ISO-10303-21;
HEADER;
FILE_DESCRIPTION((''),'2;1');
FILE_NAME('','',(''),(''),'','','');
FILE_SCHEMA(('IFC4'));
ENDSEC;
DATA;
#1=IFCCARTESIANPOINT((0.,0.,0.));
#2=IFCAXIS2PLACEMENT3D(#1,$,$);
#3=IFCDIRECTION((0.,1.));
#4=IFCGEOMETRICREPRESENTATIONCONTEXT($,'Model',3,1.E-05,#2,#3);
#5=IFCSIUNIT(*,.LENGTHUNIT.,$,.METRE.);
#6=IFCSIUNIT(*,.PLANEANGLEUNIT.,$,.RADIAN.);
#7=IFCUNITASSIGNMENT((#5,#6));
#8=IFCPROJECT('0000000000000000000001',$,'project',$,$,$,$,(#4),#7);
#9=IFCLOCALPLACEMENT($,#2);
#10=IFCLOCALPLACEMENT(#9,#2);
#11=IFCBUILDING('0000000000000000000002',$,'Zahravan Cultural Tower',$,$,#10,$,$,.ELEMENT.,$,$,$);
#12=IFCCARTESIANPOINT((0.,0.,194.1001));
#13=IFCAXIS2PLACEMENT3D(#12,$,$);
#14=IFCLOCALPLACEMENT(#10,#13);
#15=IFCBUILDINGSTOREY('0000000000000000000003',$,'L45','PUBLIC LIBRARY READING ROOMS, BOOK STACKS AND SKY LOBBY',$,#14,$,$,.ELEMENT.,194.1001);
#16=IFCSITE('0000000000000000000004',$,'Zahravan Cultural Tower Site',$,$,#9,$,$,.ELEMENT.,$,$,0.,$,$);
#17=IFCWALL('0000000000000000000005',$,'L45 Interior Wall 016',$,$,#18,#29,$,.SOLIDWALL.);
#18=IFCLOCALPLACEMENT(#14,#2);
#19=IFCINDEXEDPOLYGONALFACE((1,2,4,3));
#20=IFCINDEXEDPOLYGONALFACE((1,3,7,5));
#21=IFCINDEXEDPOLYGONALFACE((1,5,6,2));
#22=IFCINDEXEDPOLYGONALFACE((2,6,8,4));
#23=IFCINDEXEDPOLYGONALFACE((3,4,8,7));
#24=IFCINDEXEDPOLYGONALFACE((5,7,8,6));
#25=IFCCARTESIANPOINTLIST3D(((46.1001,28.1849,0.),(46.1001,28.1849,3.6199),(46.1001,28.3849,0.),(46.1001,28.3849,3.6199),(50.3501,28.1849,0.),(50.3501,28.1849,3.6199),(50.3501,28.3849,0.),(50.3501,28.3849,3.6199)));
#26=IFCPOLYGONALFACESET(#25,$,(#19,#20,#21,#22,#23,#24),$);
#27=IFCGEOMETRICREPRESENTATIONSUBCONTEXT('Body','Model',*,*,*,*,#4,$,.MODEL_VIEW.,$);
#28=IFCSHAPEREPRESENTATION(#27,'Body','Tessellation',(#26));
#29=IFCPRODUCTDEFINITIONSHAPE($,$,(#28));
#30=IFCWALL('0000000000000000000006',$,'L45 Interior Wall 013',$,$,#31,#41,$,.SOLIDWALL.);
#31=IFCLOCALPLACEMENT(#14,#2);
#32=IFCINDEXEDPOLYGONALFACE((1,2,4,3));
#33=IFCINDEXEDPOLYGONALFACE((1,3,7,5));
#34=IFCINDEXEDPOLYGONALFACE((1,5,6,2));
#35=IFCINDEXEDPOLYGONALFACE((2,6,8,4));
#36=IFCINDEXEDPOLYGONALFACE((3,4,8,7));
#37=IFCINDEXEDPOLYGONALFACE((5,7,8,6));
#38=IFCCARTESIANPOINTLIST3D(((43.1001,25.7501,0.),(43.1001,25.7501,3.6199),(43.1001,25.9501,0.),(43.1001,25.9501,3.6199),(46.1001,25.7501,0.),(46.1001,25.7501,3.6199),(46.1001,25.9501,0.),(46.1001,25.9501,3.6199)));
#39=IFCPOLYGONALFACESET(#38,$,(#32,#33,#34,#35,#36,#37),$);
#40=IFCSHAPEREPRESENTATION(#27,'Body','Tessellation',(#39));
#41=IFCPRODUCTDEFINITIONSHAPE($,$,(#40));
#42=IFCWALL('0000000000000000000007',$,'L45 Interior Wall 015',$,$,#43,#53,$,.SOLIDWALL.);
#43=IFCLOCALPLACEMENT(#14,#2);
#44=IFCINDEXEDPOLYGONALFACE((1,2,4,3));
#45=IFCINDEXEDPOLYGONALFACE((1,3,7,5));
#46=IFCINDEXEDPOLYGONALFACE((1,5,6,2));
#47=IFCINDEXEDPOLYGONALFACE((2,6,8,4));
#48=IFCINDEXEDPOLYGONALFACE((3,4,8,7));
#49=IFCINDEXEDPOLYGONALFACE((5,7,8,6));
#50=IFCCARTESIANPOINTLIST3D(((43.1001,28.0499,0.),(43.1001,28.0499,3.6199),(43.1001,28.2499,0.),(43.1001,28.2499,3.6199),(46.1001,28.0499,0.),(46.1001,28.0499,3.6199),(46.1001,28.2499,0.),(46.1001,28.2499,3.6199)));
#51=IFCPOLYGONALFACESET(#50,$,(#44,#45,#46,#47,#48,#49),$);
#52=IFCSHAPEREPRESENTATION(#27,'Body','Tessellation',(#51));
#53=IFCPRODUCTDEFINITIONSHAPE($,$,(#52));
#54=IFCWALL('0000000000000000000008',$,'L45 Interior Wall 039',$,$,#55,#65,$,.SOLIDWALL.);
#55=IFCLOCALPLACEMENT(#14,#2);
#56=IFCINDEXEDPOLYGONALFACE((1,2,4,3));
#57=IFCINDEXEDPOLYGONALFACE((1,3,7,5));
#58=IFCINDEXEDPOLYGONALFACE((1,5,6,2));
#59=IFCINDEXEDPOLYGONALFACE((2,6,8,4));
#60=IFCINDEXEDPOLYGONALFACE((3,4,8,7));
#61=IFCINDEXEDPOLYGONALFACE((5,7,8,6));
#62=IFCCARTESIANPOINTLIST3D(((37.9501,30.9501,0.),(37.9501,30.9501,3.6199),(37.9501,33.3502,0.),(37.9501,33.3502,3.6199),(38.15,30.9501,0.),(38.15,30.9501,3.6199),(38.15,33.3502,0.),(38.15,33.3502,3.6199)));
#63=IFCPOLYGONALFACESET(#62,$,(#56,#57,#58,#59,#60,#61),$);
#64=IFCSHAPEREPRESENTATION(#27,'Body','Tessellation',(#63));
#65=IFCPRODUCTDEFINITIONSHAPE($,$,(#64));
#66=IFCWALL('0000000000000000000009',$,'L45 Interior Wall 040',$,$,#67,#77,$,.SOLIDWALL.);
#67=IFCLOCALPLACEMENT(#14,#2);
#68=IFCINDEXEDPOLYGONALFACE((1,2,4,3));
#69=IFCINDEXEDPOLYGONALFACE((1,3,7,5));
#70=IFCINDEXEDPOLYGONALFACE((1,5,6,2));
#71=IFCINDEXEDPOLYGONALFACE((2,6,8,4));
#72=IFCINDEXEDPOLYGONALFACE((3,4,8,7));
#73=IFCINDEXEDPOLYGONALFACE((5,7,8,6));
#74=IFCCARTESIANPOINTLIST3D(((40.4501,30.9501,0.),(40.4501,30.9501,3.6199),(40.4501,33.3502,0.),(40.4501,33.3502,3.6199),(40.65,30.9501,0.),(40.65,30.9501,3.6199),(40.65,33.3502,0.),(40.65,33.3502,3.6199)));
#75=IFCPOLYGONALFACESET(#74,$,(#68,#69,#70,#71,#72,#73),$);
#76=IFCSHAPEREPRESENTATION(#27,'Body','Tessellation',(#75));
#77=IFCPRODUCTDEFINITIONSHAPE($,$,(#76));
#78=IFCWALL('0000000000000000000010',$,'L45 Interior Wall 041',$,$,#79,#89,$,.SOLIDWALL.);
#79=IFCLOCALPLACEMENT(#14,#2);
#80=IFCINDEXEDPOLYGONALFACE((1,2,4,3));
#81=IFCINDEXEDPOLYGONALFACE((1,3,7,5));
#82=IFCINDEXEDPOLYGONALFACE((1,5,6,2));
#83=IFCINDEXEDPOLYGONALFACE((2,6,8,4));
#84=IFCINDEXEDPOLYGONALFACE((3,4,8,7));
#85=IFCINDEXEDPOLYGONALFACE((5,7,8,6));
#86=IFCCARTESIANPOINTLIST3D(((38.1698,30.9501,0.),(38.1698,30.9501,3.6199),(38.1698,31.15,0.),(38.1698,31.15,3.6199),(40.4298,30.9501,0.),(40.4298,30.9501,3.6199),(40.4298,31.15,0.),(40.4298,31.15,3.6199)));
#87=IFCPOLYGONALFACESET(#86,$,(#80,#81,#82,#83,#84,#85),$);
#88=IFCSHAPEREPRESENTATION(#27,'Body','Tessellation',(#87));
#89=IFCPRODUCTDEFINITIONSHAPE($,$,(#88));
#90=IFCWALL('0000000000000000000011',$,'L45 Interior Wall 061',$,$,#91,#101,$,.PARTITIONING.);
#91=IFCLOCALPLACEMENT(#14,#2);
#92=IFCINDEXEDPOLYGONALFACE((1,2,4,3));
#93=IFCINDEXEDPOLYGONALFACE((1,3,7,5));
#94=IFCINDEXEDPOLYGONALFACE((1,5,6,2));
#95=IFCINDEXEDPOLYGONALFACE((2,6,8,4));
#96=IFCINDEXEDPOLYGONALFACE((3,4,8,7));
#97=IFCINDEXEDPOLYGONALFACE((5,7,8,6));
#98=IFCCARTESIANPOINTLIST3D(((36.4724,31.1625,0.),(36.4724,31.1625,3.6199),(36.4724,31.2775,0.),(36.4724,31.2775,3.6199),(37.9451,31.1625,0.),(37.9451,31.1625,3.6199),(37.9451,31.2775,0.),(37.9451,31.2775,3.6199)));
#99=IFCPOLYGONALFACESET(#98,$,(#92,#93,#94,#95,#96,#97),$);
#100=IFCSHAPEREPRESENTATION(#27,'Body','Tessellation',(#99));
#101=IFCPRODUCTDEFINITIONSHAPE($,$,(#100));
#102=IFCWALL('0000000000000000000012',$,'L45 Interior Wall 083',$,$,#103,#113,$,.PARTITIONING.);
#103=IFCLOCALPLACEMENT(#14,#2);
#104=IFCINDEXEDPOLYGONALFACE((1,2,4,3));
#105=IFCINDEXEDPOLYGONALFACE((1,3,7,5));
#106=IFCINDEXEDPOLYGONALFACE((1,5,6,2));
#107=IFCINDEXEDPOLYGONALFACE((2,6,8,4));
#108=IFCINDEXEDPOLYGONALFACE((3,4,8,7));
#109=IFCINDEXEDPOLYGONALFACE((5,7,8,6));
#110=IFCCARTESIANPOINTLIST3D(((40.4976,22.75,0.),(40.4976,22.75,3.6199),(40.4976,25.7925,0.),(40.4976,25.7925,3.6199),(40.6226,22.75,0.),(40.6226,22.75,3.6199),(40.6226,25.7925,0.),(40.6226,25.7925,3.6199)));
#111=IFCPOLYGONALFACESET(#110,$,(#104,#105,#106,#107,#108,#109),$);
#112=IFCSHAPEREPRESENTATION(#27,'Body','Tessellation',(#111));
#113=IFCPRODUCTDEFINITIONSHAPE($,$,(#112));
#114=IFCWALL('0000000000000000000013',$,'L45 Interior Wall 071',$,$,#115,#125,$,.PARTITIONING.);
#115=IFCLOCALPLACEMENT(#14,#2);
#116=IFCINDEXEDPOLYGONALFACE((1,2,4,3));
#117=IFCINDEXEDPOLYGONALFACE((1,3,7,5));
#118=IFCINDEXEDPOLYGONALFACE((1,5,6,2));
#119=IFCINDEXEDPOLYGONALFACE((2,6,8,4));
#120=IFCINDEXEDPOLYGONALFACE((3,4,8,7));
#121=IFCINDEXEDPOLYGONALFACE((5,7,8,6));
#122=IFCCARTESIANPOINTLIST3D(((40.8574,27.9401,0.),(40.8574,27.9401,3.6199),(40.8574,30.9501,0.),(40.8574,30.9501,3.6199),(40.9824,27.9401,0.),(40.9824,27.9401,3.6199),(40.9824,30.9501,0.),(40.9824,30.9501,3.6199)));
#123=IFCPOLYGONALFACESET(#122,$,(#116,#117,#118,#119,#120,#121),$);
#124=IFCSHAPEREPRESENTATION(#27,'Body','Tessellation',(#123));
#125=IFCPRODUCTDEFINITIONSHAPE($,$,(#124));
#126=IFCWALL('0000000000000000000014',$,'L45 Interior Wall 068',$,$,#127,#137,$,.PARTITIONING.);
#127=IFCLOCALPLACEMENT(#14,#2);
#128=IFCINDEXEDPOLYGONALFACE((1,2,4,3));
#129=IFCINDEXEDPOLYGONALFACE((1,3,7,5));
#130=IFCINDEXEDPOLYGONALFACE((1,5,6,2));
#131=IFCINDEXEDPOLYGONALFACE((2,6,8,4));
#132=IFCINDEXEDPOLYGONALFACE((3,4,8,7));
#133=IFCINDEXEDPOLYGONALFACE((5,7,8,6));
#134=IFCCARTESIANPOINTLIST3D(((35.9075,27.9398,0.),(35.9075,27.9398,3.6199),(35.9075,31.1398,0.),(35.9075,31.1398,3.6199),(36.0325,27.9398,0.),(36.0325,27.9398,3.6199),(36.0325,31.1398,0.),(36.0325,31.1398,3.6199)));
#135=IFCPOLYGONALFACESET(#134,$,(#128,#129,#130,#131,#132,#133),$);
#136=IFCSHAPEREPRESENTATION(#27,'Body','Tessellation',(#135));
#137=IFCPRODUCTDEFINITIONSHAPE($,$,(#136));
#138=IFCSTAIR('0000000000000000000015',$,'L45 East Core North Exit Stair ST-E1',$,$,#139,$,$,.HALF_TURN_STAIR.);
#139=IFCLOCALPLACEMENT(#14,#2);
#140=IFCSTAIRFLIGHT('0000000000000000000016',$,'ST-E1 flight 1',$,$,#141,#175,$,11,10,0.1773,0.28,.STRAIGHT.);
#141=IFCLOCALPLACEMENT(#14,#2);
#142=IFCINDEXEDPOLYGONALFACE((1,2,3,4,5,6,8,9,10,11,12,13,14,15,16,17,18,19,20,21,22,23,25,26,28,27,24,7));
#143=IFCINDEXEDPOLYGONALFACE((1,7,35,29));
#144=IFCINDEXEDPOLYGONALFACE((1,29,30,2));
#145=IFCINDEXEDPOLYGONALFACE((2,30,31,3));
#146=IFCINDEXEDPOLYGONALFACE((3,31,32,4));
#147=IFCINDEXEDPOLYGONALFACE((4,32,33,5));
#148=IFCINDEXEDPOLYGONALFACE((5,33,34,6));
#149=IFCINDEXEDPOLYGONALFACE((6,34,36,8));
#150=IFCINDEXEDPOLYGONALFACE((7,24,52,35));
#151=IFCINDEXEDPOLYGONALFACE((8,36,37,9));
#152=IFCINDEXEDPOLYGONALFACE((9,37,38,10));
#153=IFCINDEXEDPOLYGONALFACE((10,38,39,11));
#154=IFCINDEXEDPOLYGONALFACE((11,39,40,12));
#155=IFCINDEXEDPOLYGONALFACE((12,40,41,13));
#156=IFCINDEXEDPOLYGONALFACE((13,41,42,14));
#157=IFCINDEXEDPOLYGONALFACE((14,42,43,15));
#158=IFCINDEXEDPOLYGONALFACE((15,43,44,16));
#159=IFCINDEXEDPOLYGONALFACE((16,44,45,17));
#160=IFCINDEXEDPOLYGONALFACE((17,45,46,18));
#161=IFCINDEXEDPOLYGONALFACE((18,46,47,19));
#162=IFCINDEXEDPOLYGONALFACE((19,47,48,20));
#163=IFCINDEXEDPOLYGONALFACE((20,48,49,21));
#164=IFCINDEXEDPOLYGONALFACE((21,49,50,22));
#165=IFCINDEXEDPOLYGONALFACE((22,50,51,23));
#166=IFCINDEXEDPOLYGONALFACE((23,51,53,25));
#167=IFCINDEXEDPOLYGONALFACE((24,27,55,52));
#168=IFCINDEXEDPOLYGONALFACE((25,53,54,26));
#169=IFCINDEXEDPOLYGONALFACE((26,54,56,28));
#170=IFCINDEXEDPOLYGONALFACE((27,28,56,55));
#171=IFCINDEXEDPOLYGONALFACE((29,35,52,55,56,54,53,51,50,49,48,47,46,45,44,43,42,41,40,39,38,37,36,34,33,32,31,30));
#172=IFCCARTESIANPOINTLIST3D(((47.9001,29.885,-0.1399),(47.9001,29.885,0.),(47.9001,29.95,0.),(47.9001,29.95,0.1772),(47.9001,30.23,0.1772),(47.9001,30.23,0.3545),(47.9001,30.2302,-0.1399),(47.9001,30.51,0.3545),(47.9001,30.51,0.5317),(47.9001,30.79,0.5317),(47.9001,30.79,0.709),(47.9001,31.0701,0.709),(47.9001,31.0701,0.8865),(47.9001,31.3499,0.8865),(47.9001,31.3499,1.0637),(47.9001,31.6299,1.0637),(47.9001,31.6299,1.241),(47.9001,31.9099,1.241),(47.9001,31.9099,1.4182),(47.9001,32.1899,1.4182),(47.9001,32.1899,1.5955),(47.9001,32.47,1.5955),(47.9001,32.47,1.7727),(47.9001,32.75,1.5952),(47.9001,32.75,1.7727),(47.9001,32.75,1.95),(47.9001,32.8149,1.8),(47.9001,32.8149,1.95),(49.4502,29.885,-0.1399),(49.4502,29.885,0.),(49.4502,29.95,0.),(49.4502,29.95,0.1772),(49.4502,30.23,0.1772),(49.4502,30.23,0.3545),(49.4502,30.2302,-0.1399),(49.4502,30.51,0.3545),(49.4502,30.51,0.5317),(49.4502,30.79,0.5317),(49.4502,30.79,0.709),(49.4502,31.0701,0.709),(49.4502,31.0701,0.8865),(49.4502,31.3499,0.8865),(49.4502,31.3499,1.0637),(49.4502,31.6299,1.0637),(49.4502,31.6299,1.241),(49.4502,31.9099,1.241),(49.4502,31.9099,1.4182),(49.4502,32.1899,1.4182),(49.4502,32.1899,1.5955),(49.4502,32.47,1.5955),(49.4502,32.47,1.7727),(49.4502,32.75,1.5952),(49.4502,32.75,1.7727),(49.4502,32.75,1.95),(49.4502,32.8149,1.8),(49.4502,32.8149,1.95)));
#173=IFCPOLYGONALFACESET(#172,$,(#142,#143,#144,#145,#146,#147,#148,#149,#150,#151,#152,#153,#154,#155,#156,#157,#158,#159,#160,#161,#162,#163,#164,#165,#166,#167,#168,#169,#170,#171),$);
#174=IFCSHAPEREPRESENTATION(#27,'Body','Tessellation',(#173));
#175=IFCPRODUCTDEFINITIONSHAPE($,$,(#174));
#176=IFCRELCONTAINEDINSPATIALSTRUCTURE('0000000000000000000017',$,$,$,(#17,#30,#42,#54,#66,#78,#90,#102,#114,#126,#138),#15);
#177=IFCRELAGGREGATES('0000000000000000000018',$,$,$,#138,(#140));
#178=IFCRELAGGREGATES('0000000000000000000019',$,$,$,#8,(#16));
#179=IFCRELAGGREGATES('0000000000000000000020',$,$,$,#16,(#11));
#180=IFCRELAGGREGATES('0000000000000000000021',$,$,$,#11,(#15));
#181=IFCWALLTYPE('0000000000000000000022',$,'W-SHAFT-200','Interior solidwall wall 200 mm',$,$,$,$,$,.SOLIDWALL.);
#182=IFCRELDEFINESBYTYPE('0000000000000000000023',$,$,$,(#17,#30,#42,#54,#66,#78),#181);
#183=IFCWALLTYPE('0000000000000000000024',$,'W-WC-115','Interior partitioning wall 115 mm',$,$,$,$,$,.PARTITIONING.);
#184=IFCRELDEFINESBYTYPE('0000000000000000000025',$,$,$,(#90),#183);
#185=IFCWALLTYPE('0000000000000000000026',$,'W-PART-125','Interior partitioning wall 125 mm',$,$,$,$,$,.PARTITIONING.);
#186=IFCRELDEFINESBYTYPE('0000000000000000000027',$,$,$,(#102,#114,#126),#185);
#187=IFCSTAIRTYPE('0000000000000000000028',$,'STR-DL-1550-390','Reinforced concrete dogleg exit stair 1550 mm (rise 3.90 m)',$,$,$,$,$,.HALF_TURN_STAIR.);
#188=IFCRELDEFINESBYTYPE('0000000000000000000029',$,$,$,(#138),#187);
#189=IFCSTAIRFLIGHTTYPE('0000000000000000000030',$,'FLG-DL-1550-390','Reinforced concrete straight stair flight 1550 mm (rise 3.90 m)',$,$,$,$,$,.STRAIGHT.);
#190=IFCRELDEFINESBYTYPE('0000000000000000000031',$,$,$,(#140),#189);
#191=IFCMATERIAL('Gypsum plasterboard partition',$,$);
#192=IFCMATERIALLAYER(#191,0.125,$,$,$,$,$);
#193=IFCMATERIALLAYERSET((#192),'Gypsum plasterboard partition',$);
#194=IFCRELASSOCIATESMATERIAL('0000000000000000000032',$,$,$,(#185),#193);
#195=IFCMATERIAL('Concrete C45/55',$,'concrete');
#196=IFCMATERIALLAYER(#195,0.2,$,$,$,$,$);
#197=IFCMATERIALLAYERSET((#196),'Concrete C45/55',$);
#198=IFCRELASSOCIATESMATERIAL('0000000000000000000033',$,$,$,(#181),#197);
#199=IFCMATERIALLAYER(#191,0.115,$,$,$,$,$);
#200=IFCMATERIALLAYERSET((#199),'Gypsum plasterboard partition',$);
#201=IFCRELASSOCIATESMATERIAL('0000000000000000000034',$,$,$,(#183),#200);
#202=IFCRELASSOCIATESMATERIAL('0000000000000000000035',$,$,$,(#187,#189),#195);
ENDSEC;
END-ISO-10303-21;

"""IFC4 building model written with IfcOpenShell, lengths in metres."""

from ifc_helpers import new_model, si_unit, direction, frame, frame_2d, origin, place, context, subcontext, project, spatial, polyline, rectangle, outline, extrude, source, transform, mapped, material, layer, layer_set, type_object, element, aggregate, save


model = new_model("IFC4")

# Units and contexts
model_context = context("Model", 3, precision=1e-05, world=origin(), true_north=direction((0.0, 1.0)))
body_context = subcontext(model_context, "Body", "Model", "MODEL_VIEW")
ifc_project = project(units=[si_unit("LENGTHUNIT", "METRE"), si_unit("PLANEANGLEUNIT", "RADIAN")], contexts=[model_context])

# Site, building, storey
site_placement = place(None, origin())
site = spatial("IfcSite", under=ifc_project, at=site_placement, Name="Zahravan Cultural Tower Site", CompositionType="ELEMENT", RefElevation=0.0)
building_placement = place(site_placement, origin())
building = spatial("IfcBuilding", under=site, at=building_placement, Name="Zahravan Cultural Tower", CompositionType="ELEMENT")
storey_placement = place(building_placement, frame((0.0, 0.0, 194.1001)))
storey = spatial("IfcBuildingStorey", under=building, at=storey_placement, Name="L45", Description="PUBLIC LIBRARY READING ROOMS, BOOK STACKS AND SKY LOBBY", CompositionType="ELEMENT", Elevation=194.1001)

# Shared definitions
ifc_material_1 = material(Name="Gypsum plasterboard partition")
ifc_layer_1 = layer(ifc_material_1, 0.125)
ifc_layer_set_1 = layer_set([ifc_layer_1], Name="Gypsum plasterboard partition")
wall_type_1 = type_object("IfcWallType", Name="W-PART-125", Description="Interior partitioning wall 125 mm", PredefinedType="PARTITIONING", material=ifc_layer_set_1)
ifc_material_2 = material(Name="Concrete C45/55", Category="concrete")
ifc_layer_2 = layer(ifc_material_2, 0.2)
ifc_layer_set_2 = layer_set([ifc_layer_2], Name="Concrete C45/55")
wall_type_2 = type_object("IfcWallType", Name="W-SHAFT-200", Description="Interior solidwall wall 200 mm", PredefinedType="SOLIDWALL", material=ifc_layer_set_2)
ifc_layer_3 = layer(ifc_material_1, 0.115)
ifc_layer_set_3 = layer_set([ifc_layer_3], Name="Gypsum plasterboard partition")
wall_type_3 = type_object("IfcWallType", Name="W-WC-115", Description="Interior partitioning wall 115 mm", PredefinedType="PARTITIONING", material=ifc_layer_set_3)

# Walls
shared_shape_1 = source(origin(), body_context, "Body", "SweptSolid", [
    extrude(rectangle(XDim=4.25, YDim=0.2, at=frame_2d((2.125, 0.0))), origin(), (0.0, 0.0, 1.0), 3.6199),
])
for number, where, z_axis, x_axis, name in (
    (1, (46.1001, 28.2849, 0.0), (0.0, 0.0, 1.0), (1.0, 0.0, 0.0), "L45 Interior Wall 016"),
):
    element("IfcWall", number, at=place(storey_placement, frame(where, z_axis=z_axis, x_axis=x_axis)), inside=storey, type_object=wall_type_2, Name=name, PredefinedType="SOLIDWALL", context=body_context, shape_type="MappedRepresentation", body=[
        mapped(shared_shape_1, transform((0.0, 0.0, 0.0), x_axis=(1.0, 0.0, 0.0), y_axis=(0.0, 1.0, 0.0), z_axis=(0.0, 0.0, 1.0), scale=1.0)),
    ])
shared_shape_2 = source(origin(), body_context, "Body", "SweptSolid", [
    extrude(rectangle(XDim=3.0, YDim=0.2, at=frame_2d((1.5, 0.0))), origin(), (0.0, 0.0, 1.0), 3.6199),
])
for number, where, z_axis, x_axis, name in (
    (2, (43.1001, 25.8501, 0.0), (0.0, 0.0, 1.0), (1.0, 0.0, 0.0), "L45 Interior Wall 013"),
    (3, (43.1001, 28.1499, 0.0), (0.0, 0.0, 1.0), (1.0, 0.0, 0.0), "L45 Interior Wall 015"),
):
    element("IfcWall", number, at=place(storey_placement, frame(where, z_axis=z_axis, x_axis=x_axis)), inside=storey, type_object=wall_type_2, Name=name, PredefinedType="SOLIDWALL", context=body_context, shape_type="MappedRepresentation", body=[
        mapped(shared_shape_2, transform((0.0, 0.0, 0.0), x_axis=(1.0, 0.0, 0.0), y_axis=(0.0, 1.0, 0.0), z_axis=(0.0, 0.0, 1.0), scale=1.0)),
    ])
shared_shape_3 = source(origin(), body_context, "Body", "SweptSolid", [
    extrude(rectangle(XDim=2.4001, YDim=0.2, at=frame_2d((1.2002, 0.0))), origin(), (0.0, 0.0, 1.0), 3.6199),
])
for number, where, z_axis, x_axis, name in (
    (4, (38.05, 30.95, 0.0), (0.0, 0.0, 1.0), (0.0, 1.0, 0.0), "L45 Interior Wall 039"),
    (5, (40.55, 30.95, 0.0), (0.0, 0.0, 1.0), (0.0, 1.0, 0.0), "L45 Interior Wall 040"),
):
    element("IfcWall", number, at=place(storey_placement, frame(where, z_axis=z_axis, x_axis=x_axis)), inside=storey, type_object=wall_type_2, Name=name, PredefinedType="SOLIDWALL", context=body_context, shape_type="MappedRepresentation", body=[
        mapped(shared_shape_3, transform((0.0, 0.0, 0.0), x_axis=(1.0, 0.0, 0.0), y_axis=(0.0, 1.0, 0.0), z_axis=(0.0, 0.0, 1.0), scale=1.0)),
    ])
shared_shape_4 = source(origin(), body_context, "Body", "SweptSolid", [
    extrude(rectangle(XDim=2.26, YDim=0.2, at=frame_2d((1.1299, 0.0))), origin(), (0.0, 0.0, 1.0), 3.6199),
])
wall_1_placement = place(storey_placement, frame((38.1699, 31.05, 0.0), z_axis=(0.0, 0.0, 1.0), x_axis=(1.0, 0.0, 0.0)))
element("IfcWall", 6, at=wall_1_placement, inside=storey, type_object=wall_type_2, Name="L45 Interior Wall 041", PredefinedType="SOLIDWALL", context=body_context, shape_type="MappedRepresentation", body=[
    mapped(shared_shape_4, transform((0.0, 0.0, 0.0), x_axis=(1.0, 0.0, 0.0), y_axis=(0.0, 1.0, 0.0), z_axis=(0.0, 0.0, 1.0), scale=1.0)),
])
shared_shape_5 = source(origin(), body_context, "Body", "SweptSolid", [
    extrude(rectangle(XDim=1.4727, YDim=0.115, at=frame_2d((0.7363, 0.0))), origin(), (0.0, 0.0, 1.0), 3.6199),
])
wall_2_placement = place(storey_placement, frame((37.9451, 31.22, 0.0), z_axis=(0.0, 0.0, 1.0), x_axis=(-1.0, 0.0, 0.0)))
element("IfcWall", 7, at=wall_2_placement, inside=storey, type_object=wall_type_3, Name="L45 Interior Wall 061", PredefinedType="PARTITIONING", context=body_context, shape_type="MappedRepresentation", body=[
    mapped(shared_shape_5, transform((0.0, 0.0, 0.0), x_axis=(1.0, 0.0, 0.0), y_axis=(0.0, 1.0, 0.0), z_axis=(0.0, 0.0, 1.0), scale=1.0)),
])
shared_shape_6 = source(origin(), body_context, "Body", "SweptSolid", [
    extrude(rectangle(XDim=3.0425, YDim=0.125, at=frame_2d((1.5212, 0.0))), origin(), (0.0, 0.0, 1.0), 3.6199),
])
wall_3_placement = place(storey_placement, frame((40.5601, 25.7925, 0.0), z_axis=(0.0, 0.0, 1.0), x_axis=(0.0, -1.0, 0.0)))
element("IfcWall", 8, at=wall_3_placement, inside=storey, type_object=wall_type_1, Name="L45 Interior Wall 083", PredefinedType="PARTITIONING", context=body_context, shape_type="MappedRepresentation", body=[
    mapped(shared_shape_6, transform((0.0, 0.0, 0.0), x_axis=(1.0, 0.0, 0.0), y_axis=(0.0, 1.0, 0.0), z_axis=(0.0, 0.0, 1.0), scale=1.0)),
])
shared_shape_7 = source(origin(), body_context, "Body", "SweptSolid", [
    extrude(rectangle(XDim=3.01, YDim=0.125, at=frame_2d((1.5049, 0.0))), origin(), (0.0, 0.0, 1.0), 3.6199),
])
wall_4_placement = place(storey_placement, frame((40.9199, 30.95, 0.0), z_axis=(0.0, 0.0, 1.0), x_axis=(0.0, -1.0, 0.0)))
element("IfcWall", 9, at=wall_4_placement, inside=storey, type_object=wall_type_1, Name="L45 Interior Wall 071", PredefinedType="PARTITIONING", context=body_context, shape_type="MappedRepresentation", body=[
    mapped(shared_shape_7, transform((0.0, 0.0, 0.0), x_axis=(1.0, 0.0, 0.0), y_axis=(0.0, 1.0, 0.0), z_axis=(0.0, 0.0, 1.0), scale=1.0)),
])
shared_shape_8 = source(origin(), body_context, "Body", "SweptSolid", [
    extrude(rectangle(XDim=3.2, YDim=0.125, at=frame_2d((1.6001, 0.0))), origin(), (0.0, 0.0, 1.0), 3.6199),
])
wall_5_placement = place(storey_placement, frame((35.97, 31.1399, 0.0), z_axis=(0.0, 0.0, 1.0), x_axis=(0.0, -1.0, 0.0)))
element("IfcWall", 10, at=wall_5_placement, inside=storey, type_object=wall_type_1, Name="L45 Interior Wall 068", PredefinedType="PARTITIONING", context=body_context, shape_type="MappedRepresentation", body=[
    mapped(shared_shape_8, transform((0.0, 0.0, 0.0), x_axis=(1.0, 0.0, 0.0), y_axis=(0.0, 1.0, 0.0), z_axis=(0.0, 0.0, 1.0), scale=1.0)),
])

# Stair, stair flight
stair_type = type_object("IfcStairType", Name="STR-DL-1550-390", Description="Reinforced concrete dogleg exit stair 1550 mm (rise 3.90 m)", PredefinedType="HALF_TURN_STAIR", material=ifc_material_2)
stair_placement = place(storey_placement, origin())
stair = element("IfcStair", 11, at=stair_placement, inside=storey, type_object=stair_type, Name="L45 East Core North Exit Stair ST-E1", PredefinedType="HALF_TURN_STAIR")
stair_flight_type = type_object("IfcStairFlightType", Name="FLG-DL-1550-390", Description="Reinforced concrete straight stair flight 1550 mm (rise 3.90 m)", PredefinedType="STRAIGHT", material=ifc_material_2)
stair_flight_1_placement = place(storey_placement, frame((48.675, 29.95, 0.0), z_axis=(0.0, 0.0, 1.0), x_axis=(0.0, 1.0, 0.0)))
stair_flight_1 = element("IfcStairFlight", 12, at=stair_flight_1_placement, type_object=stair_flight_type, Name="ST-E1 flight 1", NumberOfRisers=11, NumberOfTreads=10, PredefinedType="STRAIGHT", RiserHeight=0.1773, TreadLength=0.28, context=body_context, shape_type="SweptSolid", body=[
    extrude(outline(polyline([(-0.0649, -0.1399), (-0.0649, 0.0), (0.0, 0.0), (0.0, 0.1772), (0.28, 0.1772), (0.28, 0.3545), (0.5601, 0.3545), (0.5601, 0.5317), (0.8401, 0.5317), (0.8401, 0.709), (1.1201, 0.709), (1.1201, 0.8865), (1.3999, 0.8865), (1.3999, 1.0637), (1.6799, 1.0637), (1.6799, 1.241), (1.96, 1.241), (1.96, 1.4182), (2.24, 1.4182), (2.24, 1.5955), (2.52, 1.5955), (2.52, 1.7727), (2.8, 1.7727), (2.8, 1.95), (2.865, 1.95), (2.865, 1.8), (2.8, 1.5952), (0.2803, -0.1399), (-0.0649, -0.1399)])), frame((0.0, 0.7749, 0.0), z_axis=(0.0, -1.0, 0.0), x_axis=(1.0, 0.0, 0.0)), (0.0, 0.0, 1.0), 1.55),
])
aggregate(stair, [stair_flight_1])

save(model, "model.ifc")
